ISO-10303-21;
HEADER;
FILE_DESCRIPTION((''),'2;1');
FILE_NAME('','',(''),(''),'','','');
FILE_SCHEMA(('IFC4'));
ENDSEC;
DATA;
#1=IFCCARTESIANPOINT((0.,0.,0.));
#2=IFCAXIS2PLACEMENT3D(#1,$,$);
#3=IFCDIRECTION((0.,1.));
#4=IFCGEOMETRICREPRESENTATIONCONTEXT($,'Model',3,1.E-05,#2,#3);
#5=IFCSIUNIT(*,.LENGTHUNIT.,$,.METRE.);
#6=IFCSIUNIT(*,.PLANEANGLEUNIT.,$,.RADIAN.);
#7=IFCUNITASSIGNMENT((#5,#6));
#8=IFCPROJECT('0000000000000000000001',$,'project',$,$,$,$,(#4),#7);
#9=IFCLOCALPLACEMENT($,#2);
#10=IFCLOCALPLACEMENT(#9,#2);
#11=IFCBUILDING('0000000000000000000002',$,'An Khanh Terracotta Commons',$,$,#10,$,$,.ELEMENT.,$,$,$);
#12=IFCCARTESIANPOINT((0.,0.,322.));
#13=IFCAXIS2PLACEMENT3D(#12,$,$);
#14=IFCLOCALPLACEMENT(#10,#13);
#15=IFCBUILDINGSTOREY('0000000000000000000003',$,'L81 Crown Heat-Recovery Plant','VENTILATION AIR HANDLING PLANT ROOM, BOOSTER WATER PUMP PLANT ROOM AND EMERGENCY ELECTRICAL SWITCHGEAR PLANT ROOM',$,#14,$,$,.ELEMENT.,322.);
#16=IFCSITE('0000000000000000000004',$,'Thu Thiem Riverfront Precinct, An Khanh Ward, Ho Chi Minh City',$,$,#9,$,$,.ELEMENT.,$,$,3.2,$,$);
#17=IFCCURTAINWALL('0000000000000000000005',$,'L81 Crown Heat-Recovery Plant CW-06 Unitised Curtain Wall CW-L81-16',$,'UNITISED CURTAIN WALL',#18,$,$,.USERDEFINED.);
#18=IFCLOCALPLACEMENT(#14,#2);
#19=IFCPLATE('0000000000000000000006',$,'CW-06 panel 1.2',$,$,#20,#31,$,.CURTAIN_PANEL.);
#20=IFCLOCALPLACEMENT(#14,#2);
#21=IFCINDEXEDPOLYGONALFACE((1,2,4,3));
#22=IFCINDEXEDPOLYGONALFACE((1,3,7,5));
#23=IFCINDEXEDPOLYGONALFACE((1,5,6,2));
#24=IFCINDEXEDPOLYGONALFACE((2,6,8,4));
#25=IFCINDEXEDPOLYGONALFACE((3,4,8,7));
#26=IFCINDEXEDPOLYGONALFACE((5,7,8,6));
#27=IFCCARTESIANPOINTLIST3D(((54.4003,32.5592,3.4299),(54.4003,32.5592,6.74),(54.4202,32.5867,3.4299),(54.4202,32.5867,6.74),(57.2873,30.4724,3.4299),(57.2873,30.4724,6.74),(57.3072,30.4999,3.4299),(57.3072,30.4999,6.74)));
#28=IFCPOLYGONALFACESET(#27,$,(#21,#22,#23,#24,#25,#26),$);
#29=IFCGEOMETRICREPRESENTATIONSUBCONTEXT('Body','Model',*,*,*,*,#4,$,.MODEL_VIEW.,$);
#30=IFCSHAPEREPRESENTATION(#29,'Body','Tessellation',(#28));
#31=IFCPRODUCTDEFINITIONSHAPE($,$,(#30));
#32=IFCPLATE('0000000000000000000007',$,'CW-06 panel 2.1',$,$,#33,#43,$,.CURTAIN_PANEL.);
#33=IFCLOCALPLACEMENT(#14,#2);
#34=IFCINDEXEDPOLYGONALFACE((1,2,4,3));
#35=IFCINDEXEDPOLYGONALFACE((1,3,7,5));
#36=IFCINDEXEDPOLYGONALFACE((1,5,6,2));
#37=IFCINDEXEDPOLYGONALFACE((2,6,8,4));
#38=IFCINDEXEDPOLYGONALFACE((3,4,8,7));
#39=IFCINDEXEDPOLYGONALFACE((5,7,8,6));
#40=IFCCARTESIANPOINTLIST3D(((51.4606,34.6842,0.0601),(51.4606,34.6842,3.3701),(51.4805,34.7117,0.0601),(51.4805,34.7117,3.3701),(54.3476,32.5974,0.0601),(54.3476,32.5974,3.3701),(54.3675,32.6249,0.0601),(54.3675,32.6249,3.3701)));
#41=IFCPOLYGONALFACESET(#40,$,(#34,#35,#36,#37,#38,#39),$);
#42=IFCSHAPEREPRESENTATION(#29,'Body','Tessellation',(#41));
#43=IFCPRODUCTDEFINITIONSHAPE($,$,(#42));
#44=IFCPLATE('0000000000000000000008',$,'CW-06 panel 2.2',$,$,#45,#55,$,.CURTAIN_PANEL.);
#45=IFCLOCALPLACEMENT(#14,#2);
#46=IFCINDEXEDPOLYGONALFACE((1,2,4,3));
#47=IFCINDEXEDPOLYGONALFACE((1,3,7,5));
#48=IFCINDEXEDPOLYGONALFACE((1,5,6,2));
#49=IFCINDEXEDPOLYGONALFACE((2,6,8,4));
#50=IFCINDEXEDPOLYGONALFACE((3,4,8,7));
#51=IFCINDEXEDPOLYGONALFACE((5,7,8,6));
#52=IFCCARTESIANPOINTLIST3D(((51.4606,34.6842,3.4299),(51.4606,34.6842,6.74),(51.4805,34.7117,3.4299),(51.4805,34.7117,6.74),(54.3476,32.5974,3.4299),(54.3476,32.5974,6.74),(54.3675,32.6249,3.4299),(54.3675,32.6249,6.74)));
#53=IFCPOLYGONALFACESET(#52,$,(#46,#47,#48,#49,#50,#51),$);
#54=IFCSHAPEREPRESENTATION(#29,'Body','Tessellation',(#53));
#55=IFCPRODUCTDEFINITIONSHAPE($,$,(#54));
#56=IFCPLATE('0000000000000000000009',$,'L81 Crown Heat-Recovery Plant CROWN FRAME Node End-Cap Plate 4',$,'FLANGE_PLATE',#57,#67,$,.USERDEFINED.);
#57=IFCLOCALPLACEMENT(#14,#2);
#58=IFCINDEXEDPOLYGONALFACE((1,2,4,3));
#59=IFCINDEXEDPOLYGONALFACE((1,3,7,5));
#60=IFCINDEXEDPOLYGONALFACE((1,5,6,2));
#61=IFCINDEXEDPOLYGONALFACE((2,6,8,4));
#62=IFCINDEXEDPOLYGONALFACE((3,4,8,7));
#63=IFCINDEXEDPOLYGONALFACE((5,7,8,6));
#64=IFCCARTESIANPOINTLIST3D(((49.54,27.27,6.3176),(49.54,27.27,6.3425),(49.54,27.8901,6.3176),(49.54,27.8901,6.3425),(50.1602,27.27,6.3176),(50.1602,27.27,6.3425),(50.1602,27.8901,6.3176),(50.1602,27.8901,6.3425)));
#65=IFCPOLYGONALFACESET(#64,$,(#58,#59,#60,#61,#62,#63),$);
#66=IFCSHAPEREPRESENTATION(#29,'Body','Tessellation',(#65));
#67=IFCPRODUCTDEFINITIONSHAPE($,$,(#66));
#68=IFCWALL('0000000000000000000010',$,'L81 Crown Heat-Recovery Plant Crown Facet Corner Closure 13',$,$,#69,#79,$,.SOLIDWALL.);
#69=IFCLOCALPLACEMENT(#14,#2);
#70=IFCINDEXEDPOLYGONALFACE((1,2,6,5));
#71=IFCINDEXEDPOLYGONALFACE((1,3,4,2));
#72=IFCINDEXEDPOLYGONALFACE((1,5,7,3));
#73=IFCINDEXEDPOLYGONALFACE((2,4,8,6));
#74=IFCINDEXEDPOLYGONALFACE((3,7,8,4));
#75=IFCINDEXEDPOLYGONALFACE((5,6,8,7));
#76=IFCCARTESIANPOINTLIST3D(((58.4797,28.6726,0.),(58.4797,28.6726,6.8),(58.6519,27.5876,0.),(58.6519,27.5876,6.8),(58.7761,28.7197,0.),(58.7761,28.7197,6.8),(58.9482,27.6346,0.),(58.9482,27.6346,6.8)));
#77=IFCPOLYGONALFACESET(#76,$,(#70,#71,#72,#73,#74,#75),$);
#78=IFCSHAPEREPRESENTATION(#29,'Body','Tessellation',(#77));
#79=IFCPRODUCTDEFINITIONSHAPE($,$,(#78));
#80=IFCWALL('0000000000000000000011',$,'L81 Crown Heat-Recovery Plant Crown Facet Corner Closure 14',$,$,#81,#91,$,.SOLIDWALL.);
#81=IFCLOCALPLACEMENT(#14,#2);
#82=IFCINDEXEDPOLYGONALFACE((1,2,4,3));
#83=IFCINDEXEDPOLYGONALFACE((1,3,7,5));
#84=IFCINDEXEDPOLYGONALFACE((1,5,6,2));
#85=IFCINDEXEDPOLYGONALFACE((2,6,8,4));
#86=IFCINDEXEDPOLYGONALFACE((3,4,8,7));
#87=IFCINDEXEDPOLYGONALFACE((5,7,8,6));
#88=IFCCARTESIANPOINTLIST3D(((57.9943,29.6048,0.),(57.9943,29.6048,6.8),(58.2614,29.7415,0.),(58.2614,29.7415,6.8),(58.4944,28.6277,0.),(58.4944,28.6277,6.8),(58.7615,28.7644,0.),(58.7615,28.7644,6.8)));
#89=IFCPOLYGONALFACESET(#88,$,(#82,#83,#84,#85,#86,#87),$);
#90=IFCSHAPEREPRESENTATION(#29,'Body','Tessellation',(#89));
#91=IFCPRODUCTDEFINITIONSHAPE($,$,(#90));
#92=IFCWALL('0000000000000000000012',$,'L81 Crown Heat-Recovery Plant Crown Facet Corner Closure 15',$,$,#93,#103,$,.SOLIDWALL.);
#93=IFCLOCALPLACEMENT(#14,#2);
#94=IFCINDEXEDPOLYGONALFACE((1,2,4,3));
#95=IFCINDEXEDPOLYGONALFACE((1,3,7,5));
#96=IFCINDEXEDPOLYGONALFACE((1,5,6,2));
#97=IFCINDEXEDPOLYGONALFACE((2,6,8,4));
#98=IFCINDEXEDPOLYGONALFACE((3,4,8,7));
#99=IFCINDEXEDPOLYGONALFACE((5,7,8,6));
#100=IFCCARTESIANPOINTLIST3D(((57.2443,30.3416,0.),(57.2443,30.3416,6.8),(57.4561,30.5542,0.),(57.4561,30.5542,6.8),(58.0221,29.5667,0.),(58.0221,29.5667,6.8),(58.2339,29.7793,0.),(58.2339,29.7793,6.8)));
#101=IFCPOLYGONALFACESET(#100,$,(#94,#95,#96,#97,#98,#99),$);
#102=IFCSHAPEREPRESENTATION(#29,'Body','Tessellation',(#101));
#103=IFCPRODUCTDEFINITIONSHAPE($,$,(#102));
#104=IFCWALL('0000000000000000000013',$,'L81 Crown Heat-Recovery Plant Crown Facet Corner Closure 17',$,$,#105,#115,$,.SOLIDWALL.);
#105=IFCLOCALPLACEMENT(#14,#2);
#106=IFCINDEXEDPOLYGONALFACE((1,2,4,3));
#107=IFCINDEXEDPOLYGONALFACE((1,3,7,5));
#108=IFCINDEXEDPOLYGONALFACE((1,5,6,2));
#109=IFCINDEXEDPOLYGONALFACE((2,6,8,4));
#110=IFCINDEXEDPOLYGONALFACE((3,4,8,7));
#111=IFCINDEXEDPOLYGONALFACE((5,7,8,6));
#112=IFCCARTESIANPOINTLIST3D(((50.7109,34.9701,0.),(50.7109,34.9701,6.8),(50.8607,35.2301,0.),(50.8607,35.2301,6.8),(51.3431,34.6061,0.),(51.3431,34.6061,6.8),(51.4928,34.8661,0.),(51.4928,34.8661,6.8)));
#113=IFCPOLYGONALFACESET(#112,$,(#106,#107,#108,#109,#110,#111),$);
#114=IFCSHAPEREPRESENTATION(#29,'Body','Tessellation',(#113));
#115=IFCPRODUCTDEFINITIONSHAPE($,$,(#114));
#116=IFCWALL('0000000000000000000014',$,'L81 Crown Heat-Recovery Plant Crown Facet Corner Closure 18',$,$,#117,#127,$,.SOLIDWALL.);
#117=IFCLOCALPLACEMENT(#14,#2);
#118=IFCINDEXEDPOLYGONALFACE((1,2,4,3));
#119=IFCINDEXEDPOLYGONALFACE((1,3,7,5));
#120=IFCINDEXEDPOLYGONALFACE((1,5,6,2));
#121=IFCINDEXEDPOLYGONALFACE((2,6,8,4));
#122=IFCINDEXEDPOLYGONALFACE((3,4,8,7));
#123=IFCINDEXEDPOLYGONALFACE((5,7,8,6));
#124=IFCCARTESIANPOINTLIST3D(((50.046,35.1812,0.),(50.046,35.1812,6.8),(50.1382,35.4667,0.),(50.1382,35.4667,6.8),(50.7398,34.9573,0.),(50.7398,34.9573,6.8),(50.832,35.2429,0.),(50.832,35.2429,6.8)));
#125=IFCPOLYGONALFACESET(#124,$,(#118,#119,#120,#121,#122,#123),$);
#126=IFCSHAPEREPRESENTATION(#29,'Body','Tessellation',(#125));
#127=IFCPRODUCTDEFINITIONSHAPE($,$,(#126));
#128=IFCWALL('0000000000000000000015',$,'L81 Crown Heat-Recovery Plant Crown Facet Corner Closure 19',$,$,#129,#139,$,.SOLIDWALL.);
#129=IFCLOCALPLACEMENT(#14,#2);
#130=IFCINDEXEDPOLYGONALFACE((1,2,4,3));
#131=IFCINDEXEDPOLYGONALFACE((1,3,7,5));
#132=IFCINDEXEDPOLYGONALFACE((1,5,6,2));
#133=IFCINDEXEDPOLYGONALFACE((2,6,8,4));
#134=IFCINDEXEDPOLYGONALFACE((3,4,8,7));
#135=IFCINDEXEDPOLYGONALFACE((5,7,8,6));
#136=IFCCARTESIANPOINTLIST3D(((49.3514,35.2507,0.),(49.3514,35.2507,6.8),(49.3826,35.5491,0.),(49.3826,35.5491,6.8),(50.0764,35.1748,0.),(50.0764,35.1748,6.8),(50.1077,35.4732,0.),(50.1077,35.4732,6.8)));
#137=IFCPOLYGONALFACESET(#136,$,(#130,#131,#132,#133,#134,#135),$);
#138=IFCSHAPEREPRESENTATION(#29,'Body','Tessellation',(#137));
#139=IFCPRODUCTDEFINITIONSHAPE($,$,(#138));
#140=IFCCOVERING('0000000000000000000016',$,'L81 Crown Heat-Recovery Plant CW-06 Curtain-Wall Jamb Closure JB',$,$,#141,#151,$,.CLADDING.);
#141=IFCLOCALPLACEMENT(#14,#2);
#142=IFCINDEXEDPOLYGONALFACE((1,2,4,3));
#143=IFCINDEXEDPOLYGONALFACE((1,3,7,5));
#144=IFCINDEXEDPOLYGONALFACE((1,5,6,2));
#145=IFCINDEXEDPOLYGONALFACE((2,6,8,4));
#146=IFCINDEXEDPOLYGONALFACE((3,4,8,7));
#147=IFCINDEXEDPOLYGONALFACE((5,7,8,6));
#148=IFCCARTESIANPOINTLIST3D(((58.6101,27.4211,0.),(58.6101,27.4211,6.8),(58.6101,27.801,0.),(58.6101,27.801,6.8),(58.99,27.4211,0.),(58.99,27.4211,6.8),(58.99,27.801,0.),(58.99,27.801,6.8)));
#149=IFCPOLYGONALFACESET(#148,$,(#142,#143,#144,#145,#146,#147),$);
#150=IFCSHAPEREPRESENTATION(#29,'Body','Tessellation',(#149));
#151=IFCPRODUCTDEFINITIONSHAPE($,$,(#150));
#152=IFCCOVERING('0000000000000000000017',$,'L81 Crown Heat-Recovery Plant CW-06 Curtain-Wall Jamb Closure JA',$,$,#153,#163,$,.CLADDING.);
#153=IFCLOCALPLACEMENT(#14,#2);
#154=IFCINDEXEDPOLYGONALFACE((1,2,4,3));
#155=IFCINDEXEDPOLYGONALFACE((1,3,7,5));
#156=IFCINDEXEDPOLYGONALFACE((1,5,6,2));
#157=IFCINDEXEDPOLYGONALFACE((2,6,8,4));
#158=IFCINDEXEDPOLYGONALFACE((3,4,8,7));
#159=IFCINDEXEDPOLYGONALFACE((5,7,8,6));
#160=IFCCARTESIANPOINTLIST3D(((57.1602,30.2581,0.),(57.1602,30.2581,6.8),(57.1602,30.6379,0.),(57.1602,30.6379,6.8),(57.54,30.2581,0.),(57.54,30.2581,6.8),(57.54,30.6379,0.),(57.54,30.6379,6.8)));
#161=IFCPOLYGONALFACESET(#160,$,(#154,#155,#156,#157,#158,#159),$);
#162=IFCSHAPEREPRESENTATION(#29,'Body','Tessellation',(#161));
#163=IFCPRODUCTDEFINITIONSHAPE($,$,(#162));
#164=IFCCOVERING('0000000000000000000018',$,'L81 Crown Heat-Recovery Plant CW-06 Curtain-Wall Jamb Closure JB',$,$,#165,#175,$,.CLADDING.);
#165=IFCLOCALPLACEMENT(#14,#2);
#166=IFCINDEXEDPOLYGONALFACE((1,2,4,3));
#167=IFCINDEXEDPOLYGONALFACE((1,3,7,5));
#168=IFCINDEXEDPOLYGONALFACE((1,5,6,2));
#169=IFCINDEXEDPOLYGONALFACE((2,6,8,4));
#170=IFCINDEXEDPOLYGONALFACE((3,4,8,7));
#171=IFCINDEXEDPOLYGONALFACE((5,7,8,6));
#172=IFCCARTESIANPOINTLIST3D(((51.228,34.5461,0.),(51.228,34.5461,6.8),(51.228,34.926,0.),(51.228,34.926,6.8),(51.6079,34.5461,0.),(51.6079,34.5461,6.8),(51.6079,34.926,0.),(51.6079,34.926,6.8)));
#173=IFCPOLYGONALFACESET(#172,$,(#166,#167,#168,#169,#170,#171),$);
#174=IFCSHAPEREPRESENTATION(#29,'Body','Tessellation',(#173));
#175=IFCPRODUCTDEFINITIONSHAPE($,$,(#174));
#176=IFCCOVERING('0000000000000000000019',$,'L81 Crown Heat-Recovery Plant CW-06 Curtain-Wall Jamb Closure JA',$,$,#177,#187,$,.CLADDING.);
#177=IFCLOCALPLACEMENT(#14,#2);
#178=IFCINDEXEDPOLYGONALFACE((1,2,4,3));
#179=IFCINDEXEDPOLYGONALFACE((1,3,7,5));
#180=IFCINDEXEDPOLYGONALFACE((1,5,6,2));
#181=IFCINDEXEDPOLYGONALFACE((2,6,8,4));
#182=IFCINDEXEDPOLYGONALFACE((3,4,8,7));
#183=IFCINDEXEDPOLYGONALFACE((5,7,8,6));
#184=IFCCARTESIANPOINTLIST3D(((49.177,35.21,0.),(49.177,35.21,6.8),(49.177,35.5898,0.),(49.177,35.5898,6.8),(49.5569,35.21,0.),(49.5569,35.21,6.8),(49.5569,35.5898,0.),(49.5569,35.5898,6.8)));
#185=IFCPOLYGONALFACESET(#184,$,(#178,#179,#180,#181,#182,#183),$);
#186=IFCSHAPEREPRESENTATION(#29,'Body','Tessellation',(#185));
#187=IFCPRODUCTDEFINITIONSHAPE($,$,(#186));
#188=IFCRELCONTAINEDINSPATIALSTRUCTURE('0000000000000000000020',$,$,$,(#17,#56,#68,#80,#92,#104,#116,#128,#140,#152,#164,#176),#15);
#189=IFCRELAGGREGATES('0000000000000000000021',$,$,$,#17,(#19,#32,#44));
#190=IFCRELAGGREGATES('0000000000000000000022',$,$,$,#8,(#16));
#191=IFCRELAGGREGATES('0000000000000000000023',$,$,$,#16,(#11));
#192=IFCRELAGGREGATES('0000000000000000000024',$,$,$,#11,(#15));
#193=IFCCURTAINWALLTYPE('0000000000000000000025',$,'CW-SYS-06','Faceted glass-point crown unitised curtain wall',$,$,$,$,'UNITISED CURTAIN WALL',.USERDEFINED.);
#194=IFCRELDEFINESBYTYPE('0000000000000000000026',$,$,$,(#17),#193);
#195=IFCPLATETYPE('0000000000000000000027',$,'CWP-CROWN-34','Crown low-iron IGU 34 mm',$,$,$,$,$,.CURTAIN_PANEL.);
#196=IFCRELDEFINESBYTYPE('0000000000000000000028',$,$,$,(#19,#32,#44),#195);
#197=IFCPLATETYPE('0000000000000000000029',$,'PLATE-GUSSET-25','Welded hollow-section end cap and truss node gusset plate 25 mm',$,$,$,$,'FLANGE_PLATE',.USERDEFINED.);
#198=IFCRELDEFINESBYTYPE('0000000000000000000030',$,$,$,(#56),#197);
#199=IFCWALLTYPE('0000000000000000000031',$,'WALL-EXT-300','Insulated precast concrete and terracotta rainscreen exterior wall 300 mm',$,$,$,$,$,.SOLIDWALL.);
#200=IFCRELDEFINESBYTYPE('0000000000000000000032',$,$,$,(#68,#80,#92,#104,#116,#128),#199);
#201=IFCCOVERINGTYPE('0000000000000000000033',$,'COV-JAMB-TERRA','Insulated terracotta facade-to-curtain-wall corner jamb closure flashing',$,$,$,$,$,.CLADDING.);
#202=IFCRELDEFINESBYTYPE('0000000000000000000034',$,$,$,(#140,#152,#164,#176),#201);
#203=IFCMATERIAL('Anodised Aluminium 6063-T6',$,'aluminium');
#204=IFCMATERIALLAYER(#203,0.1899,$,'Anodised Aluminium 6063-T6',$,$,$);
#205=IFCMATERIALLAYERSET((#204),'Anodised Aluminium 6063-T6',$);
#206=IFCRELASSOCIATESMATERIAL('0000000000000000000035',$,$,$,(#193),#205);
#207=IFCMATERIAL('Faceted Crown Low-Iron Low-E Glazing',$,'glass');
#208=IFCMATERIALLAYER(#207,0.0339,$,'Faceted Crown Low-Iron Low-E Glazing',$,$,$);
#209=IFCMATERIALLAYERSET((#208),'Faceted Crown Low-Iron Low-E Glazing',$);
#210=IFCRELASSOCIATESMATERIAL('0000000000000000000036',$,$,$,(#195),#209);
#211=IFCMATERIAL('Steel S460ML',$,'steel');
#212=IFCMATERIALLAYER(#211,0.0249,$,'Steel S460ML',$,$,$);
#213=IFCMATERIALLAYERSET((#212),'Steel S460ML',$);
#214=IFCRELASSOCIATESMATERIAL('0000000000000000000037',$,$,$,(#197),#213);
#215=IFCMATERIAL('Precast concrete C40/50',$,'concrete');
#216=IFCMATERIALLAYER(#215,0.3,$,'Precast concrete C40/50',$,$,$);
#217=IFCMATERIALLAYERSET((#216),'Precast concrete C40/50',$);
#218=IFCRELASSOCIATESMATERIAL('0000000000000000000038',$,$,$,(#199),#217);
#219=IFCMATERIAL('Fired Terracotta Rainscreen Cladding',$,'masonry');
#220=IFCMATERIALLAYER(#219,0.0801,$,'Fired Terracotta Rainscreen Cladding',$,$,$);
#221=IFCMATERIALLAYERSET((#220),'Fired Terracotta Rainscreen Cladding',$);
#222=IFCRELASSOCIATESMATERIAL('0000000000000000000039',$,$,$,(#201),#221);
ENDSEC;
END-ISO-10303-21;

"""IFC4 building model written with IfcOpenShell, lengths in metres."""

from ifc_helpers import new_model, si_unit, direction, frame, frame_2d, origin, origin_2d, place, context, subcontext, project, spatial, rectangle, extrude, material, layer, layer_set, type_object, element, aggregate, save


model = new_model("IFC4")

# Units and contexts
model_context = context("Model", 3, precision=1e-05, world=origin(), true_north=direction((0.0, 1.0)))
body_context = subcontext(model_context, "Body", "Model", "MODEL_VIEW")
ifc_project = project(units=[si_unit("LENGTHUNIT", "METRE"), si_unit("PLANEANGLEUNIT", "RADIAN")], contexts=[model_context])

# Site, building, storey
site_placement = place(None, origin())
site = spatial("IfcSite", under=ifc_project, at=site_placement, Name="Thu Thiem Riverfront Precinct, An Khanh Ward, Ho Chi Minh City", CompositionType="ELEMENT", RefElevation=3.2)
building_placement = place(site_placement, origin())
building = spatial("IfcBuilding", under=site, at=building_placement, Name="An Khanh Terracotta Commons", CompositionType="ELEMENT")
storey_placement = place(building_placement, frame((0.0, 0.0, 322.0)))
storey = spatial("IfcBuildingStorey", under=building, at=storey_placement, Name="L81 Crown Heat-Recovery Plant", Description="VENTILATION AIR HANDLING PLANT ROOM, BOOSTER WATER PUMP PLANT ROOM AND EMERGENCY ELECTRICAL SWITCHGEAR PLANT ROOM", CompositionType="ELEMENT", Elevation=322.0)

# Shared definitions
ifc_material_1 = material(Name="Steel S460ML", Category="steel")

# Curtain wall
ifc_material_2 = material(Name="Anodised Aluminium 6063-T6", Category="aluminium")
ifc_layer_1 = layer(ifc_material_2, 0.1899, Name="Anodised Aluminium 6063-T6")
ifc_layer_set_1 = layer_set([ifc_layer_1], Name="Anodised Aluminium 6063-T6")
curtain_wall_type = type_object("IfcCurtainWallType", Name="CW-SYS-06", Description="Faceted glass-point crown unitised curtain wall", ElementType="UNITISED CURTAIN WALL", PredefinedType="USERDEFINED", material=ifc_layer_set_1)
curtain_wall_1_placement = place(storey_placement, origin())
curtain_wall_1 = element("IfcCurtainWall", 1, at=curtain_wall_1_placement, inside=storey, type_object=curtain_wall_type, Name="L81 Crown Heat-Recovery Plant CW-06 Unitised Curtain Wall CW-L81-16", ObjectType="UNITISED CURTAIN WALL", PredefinedType="USERDEFINED")

# Plates
ifc_material_3 = material(Name="Faceted Crown Low-Iron Low-E Glazing", Category="glass")
ifc_layer_2 = layer(ifc_material_3, 0.0339, Name="Faceted Crown Low-Iron Low-E Glazing")
ifc_layer_set_2 = layer_set([ifc_layer_2], Name="Faceted Crown Low-Iron Low-E Glazing")
plate_type_1 = type_object("IfcPlateType", Name="CWP-CROWN-34", Description="Crown low-iron IGU 34 mm", PredefinedType="CURTAIN_PANEL", material=ifc_layer_set_2)
plate_1_placement = place(storey_placement, frame((55.8538, 31.5295, 3.4299), z_axis=(0.0, 0.0, 1.0), x_axis=(-0.810434, 0.58583, 0.0)))
plate_1 = element("IfcPlate", 2, at=plate_1_placement, type_object=plate_type_1, Name="CW-06 panel 1.2", PredefinedType="CURTAIN_PANEL", context=body_context, shape_type="SweptSolid", body=[
    extrude(rectangle(XDim=3.5623, YDim=0.0339, at=origin_2d()), origin(), (0.0, 0.0, 1.0), 3.3101),
])
plate_2_placement = place(storey_placement, frame((52.9141, 33.6545, 0.0601), z_axis=(0.0, 0.0, 1.0), x_axis=(-0.810434, 0.58583, 0.0)))
plate_2 = element("IfcPlate", 3, at=plate_2_placement, type_object=plate_type_1, Name="CW-06 panel 2.1", PredefinedType="CURTAIN_PANEL", context=body_context, shape_type="SweptSolid", body=[
    extrude(rectangle(XDim=3.5623, YDim=0.0339, at=origin_2d()), origin(), (0.0, 0.0, 1.0), 3.3101),
])
plate_3_placement = place(storey_placement, frame((52.9141, 33.6545, 3.4299), z_axis=(0.0, 0.0, 1.0), x_axis=(-0.810434, 0.58583, 0.0)))
plate_3 = element("IfcPlate", 4, at=plate_3_placement, type_object=plate_type_1, Name="CW-06 panel 2.2", PredefinedType="CURTAIN_PANEL", context=body_context, shape_type="SweptSolid", body=[
    extrude(rectangle(XDim=3.5623, YDim=0.0339, at=origin_2d()), origin(), (0.0, 0.0, 1.0), 3.3101),
])
aggregate(curtain_wall_1, [plate_1, plate_2, plate_3])
ifc_layer_3 = layer(ifc_material_1, 0.0249, Name="Steel S460ML")
ifc_layer_set_3 = layer_set([ifc_layer_3], Name="Steel S460ML")
plate_type_2 = type_object("IfcPlateType", Name="PLATE-GUSSET-25", Description="Welded hollow-section end cap and truss node gusset plate 25 mm", ElementType="FLANGE_PLATE", PredefinedType="USERDEFINED", material=ifc_layer_set_3)
plate_4_placement = place(storey_placement, frame((49.8501, 27.5801, 6.3176), z_axis=(0.0, 0.0, 1.0), x_axis=(1.0, 0.0, 0.0)))
element("IfcPlate", 5, at=plate_4_placement, inside=storey, type_object=plate_type_2, Name="L81 Crown Heat-Recovery Plant CROWN FRAME Node End-Cap Plate 4", ObjectType="FLANGE_PLATE", PredefinedType="USERDEFINED", context=body_context, shape_type="SweptSolid", body=[
    extrude(rectangle(XDim=0.6201, YDim=0.6201, at=origin_2d()), origin(), (0.0, 0.0, 1.0), 0.0249),
])

# Walls
ifc_material_4 = material(Name="Precast concrete C40/50", Category="concrete")
ifc_layer_4 = layer(ifc_material_4, 0.3, Name="Precast concrete C40/50")
ifc_layer_set_4 = layer_set([ifc_layer_4], Name="Precast concrete C40/50")
wall_type = type_object("IfcWallType", Name="WALL-EXT-300", Description="Insulated precast concrete and terracotta rainscreen exterior wall 300 mm", PredefinedType="SOLIDWALL", material=ifc_layer_set_4)
wall_1_placement = place(storey_placement, frame((58.8, 27.6111, 0.0), z_axis=(0.0, 0.0, 1.0), x_axis=(-0.156682, 0.987649, 0.0)))
element("IfcWall", 6, at=wall_1_placement, inside=storey, type_object=wall_type, Name="L81 Crown Heat-Recovery Plant Crown Facet Corner Closure 13", PredefinedType="SOLIDWALL", context=body_context, shape_type="SweptSolid", body=[
    extrude(rectangle(XDim=1.0986, YDim=0.3, at=frame_2d((0.5493, 0.0))), origin(), (0.0, 0.0, 1.0), 6.8),
])
wall_2_placement = place(storey_placement, frame((58.6279, 28.696, 0.0), z_axis=(0.0, 0.0, 1.0), x_axis=(-0.455558, 0.890206, 0.0)))
element("IfcWall", 7, at=wall_2_placement, inside=storey, type_object=wall_type, Name="L81 Crown Heat-Recovery Plant Crown Facet Corner Closure 14", PredefinedType="SOLIDWALL", context=body_context, shape_type="SweptSolid", body=[
    extrude(rectangle(XDim=1.0977, YDim=0.3, at=frame_2d((0.5488, 0.0))), origin(), (0.0, 0.0, 1.0), 6.8),
])
wall_3_placement = place(storey_placement, frame((58.1279, 29.6731, 0.0), z_axis=(0.0, 0.0, 1.0), x_axis=(-0.70844, 0.705771, 0.0)))
element("IfcWall", 8, at=wall_3_placement, inside=storey, type_object=wall_type, Name="L81 Crown Heat-Recovery Plant Crown Facet Corner Closure 15", PredefinedType="SOLIDWALL", context=body_context, shape_type="SweptSolid", body=[
    extrude(rectangle(XDim=1.0979, YDim=0.3, at=frame_2d((0.5488, 0.0))), origin(), (0.0, 0.0, 1.0), 6.8),
])
wall_4_placement = place(storey_placement, frame((51.418, 34.7361, 0.0), z_axis=(0.0, 0.0, 1.0), x_axis=(-0.86657, 0.499056, 0.0)))
element("IfcWall", 9, at=wall_4_placement, inside=storey, type_object=wall_type, Name="L81 Crown Heat-Recovery Plant Crown Facet Corner Closure 17", PredefinedType="SOLIDWALL", context=body_context, shape_type="SweptSolid", body=[
    extrude(rectangle(XDim=0.7295, YDim=0.3, at=frame_2d((0.3647, 0.0))), origin(), (0.0, 0.0, 1.0), 6.8),
])
for number, where, z_axis, x_axis, name in (
    (10, (50.7859, 35.1001, 0.0), (0.0, 0.0, 1.0), (-0.951687, 0.307071, 0.0), "L81 Crown Heat-Recovery Plant Crown Facet Corner Closure 18"),
    (11, (50.092, 35.324, 0.0), (0.0, 0.0, 1.0), (-0.994562, 0.104144, 0.0), "L81 Crown Heat-Recovery Plant Crown Facet Corner Closure 19"),
):
    element("IfcWall", number, at=place(storey_placement, frame(where, z_axis=z_axis, x_axis=x_axis)), inside=storey, type_object=wall_type, Name=name, PredefinedType="SOLIDWALL", context=body_context, shape_type="SweptSolid", body=[
        extrude(rectangle(XDim=0.729, YDim=0.3, at=frame_2d((0.3645, 0.0))), origin(), (0.0, 0.0, 1.0), 6.8),
    ])

# Coverings
ifc_material_5 = material(Name="Fired Terracotta Rainscreen Cladding", Category="masonry")
ifc_layer_5 = layer(ifc_material_5, 0.0801, Name="Fired Terracotta Rainscreen Cladding")
ifc_layer_set_5 = layer_set([ifc_layer_5], Name="Fired Terracotta Rainscreen Cladding")
covering_type = type_object("IfcCoveringType", Name="COV-JAMB-TERRA", Description="Insulated terracotta facade-to-curtain-wall corner jamb closure flashing", PredefinedType="CLADDING", material=ifc_layer_set_5)
for number, where, z_axis, x_axis, name in (
    (12, (58.8, 27.6111, 0.0), (0.0, 0.0, 1.0), (1.0, 0.0, 0.0), "L81 Crown Heat-Recovery Plant CW-06 Curtain-Wall Jamb Closure JB"),
    (13, (57.3501, 30.448, 0.0), (0.0, 0.0, 1.0), (1.0, 0.0, 0.0), "L81 Crown Heat-Recovery Plant CW-06 Curtain-Wall Jamb Closure JA"),
    (14, (51.418, 34.7361, 0.0), (0.0, 0.0, 1.0), (1.0, 0.0, 0.0), "L81 Crown Heat-Recovery Plant CW-06 Curtain-Wall Jamb Closure JB"),
    (15, (49.3669, 35.3999, 0.0), (0.0, 0.0, 1.0), (1.0, 0.0, 0.0), "L81 Crown Heat-Recovery Plant CW-06 Curtain-Wall Jamb Closure JA"),
):
    element("IfcCovering", number, at=place(storey_placement, frame(where, z_axis=z_axis, x_axis=x_axis)), inside=storey, type_object=covering_type, Name=name, PredefinedType="CLADDING", context=body_context, shape_type="SweptSolid", body=[
        extrude(rectangle(XDim=0.3799, YDim=0.3799, at=origin_2d()), origin(), (0.0, 0.0, 1.0), 6.8),
    ])

save(model, "model.ifc")
